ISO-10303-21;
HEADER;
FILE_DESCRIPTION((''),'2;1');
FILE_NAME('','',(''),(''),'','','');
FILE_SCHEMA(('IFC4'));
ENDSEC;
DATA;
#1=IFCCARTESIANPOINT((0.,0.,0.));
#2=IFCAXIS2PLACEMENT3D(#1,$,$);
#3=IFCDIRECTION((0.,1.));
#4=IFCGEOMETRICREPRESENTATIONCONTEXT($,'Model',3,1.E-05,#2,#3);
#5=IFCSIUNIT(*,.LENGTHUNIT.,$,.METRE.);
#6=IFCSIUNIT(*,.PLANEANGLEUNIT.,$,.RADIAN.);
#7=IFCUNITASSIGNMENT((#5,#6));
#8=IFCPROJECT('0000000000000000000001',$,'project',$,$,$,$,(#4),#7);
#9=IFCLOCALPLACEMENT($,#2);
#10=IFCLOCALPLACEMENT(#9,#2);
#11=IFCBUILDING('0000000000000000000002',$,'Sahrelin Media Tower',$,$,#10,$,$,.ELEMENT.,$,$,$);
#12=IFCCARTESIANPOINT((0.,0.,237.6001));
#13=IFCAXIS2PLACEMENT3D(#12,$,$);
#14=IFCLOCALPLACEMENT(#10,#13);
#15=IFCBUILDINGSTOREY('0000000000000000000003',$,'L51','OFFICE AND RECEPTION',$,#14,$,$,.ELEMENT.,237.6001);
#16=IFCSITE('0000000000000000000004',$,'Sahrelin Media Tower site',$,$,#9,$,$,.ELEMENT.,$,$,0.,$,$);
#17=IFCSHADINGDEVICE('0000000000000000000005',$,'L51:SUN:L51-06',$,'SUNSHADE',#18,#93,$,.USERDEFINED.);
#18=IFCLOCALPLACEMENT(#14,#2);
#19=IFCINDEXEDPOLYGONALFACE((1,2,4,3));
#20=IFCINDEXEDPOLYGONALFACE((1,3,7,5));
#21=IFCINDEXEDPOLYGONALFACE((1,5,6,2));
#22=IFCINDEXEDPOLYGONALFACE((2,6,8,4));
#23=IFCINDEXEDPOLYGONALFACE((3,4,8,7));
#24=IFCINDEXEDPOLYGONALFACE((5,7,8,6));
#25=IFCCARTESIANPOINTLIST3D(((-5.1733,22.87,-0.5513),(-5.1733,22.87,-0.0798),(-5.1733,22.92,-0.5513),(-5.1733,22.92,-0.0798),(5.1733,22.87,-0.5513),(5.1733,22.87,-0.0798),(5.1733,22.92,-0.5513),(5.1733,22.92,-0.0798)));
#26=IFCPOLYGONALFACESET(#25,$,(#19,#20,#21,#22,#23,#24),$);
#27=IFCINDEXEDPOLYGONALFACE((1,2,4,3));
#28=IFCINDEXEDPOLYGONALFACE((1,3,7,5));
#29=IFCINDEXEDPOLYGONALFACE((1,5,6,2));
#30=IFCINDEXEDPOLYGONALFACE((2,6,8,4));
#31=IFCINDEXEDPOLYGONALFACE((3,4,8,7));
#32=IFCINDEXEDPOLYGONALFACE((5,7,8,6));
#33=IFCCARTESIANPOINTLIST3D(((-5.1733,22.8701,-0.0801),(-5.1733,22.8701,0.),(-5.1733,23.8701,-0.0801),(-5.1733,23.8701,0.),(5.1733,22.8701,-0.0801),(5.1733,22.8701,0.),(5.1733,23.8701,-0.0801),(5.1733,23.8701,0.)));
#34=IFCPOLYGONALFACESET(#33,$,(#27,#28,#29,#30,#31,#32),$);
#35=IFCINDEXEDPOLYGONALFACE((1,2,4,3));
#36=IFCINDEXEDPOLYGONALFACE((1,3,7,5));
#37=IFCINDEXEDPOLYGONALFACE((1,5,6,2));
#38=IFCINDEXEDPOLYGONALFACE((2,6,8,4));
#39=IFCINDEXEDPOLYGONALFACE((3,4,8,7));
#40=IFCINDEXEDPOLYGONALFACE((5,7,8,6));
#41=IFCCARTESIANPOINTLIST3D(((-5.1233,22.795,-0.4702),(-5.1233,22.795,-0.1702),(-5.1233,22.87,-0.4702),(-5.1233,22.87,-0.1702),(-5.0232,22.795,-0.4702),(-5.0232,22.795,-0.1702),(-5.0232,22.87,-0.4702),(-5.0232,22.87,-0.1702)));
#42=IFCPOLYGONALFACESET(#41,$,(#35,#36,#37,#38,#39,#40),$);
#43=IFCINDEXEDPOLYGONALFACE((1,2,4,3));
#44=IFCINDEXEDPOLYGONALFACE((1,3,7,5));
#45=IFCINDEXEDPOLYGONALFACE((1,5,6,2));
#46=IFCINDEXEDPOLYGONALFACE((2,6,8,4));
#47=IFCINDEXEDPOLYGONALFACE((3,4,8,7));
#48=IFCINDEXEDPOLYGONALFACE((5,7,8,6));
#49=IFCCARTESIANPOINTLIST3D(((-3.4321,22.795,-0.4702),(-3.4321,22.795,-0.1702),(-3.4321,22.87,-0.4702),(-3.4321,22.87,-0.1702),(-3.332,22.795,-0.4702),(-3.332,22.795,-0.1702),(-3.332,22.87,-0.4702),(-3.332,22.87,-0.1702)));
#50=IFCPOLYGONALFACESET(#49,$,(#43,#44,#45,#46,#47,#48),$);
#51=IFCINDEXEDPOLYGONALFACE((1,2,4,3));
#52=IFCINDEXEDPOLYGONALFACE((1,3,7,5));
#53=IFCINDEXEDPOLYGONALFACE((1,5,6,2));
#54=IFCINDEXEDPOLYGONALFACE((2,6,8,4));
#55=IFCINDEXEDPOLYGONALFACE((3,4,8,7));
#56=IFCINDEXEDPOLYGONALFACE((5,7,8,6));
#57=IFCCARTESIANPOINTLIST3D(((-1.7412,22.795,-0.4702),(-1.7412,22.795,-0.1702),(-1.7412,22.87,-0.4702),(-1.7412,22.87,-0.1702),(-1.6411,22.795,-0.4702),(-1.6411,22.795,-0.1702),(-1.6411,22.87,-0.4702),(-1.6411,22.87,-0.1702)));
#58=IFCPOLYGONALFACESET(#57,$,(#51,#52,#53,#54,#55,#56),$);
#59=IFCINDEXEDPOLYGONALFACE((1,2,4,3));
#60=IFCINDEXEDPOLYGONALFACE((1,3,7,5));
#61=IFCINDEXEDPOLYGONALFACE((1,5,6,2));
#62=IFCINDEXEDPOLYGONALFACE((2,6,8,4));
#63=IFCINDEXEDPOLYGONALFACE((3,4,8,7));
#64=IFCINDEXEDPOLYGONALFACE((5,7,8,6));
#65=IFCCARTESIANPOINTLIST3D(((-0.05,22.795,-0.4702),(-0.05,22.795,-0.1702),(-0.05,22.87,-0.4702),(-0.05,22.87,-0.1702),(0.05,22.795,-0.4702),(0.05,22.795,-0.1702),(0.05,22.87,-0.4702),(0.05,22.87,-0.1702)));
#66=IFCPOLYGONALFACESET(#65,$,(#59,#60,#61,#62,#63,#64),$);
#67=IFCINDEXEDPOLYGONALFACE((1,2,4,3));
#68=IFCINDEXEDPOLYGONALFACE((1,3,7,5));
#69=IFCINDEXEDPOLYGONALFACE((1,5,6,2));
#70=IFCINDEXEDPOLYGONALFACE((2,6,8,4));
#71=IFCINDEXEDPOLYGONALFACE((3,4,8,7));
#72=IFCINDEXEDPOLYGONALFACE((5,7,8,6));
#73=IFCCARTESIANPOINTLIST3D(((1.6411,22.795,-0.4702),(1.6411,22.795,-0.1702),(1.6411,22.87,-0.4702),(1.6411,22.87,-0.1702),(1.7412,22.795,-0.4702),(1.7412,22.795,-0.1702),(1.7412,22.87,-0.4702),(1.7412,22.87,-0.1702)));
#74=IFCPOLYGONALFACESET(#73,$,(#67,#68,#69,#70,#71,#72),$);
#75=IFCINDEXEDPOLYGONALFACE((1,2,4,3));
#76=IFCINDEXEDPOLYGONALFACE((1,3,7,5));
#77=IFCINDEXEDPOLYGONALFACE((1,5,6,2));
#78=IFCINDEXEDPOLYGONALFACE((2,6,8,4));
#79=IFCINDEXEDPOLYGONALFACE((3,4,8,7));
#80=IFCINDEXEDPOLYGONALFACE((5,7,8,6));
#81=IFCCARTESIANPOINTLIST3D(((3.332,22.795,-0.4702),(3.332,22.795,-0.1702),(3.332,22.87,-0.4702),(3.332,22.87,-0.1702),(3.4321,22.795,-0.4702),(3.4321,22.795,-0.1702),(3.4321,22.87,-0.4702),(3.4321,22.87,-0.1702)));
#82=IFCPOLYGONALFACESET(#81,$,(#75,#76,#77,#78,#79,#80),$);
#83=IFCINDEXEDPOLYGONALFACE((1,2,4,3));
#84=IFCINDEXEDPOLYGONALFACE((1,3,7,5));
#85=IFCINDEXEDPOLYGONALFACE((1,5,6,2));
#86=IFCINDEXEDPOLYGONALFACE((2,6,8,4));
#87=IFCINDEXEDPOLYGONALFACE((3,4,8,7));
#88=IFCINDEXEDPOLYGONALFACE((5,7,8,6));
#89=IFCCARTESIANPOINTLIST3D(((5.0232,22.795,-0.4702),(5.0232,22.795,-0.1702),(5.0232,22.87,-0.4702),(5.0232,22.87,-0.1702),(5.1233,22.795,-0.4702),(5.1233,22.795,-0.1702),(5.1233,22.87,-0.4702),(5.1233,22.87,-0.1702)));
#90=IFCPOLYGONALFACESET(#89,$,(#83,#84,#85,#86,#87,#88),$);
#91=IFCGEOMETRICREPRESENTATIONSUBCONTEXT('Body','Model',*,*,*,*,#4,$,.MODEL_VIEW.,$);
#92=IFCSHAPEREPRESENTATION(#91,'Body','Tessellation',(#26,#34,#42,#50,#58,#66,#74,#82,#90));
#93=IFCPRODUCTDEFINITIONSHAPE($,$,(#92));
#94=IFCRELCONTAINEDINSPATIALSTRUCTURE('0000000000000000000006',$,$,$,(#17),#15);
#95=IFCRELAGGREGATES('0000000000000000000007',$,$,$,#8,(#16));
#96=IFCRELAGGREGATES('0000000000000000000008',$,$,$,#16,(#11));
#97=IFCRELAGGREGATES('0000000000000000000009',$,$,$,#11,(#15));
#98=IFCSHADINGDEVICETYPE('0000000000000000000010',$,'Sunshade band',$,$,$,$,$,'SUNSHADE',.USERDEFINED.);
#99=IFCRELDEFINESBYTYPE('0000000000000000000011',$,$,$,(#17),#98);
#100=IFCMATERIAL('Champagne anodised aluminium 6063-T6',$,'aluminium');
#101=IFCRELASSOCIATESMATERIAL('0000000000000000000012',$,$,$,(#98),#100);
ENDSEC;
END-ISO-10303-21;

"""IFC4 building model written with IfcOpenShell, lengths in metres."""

from ifc_helpers import new_model, si_unit, direction, frame, origin, origin_2d, place, context, subcontext, project, spatial, rectangle, extrude, material, type_object, element, save


model = new_model("IFC4")

# Units and contexts
model_context = context("Model", 3, precision=1e-05, world=origin(), true_north=direction((0.0, 1.0)))
body_context = subcontext(model_context, "Body", "Model", "MODEL_VIEW")
ifc_project = project(units=[si_unit("LENGTHUNIT", "METRE"), si_unit("PLANEANGLEUNIT", "RADIAN")], contexts=[model_context])

# Site, building, storey
site_placement = place(None, origin())
site = spatial("IfcSite", under=ifc_project, at=site_placement, Name="Sahrelin Media Tower site", CompositionType="ELEMENT", RefElevation=0.0)
building_placement = place(site_placement, origin())
building = spatial("IfcBuilding", under=site, at=building_placement, Name="Sahrelin Media Tower", CompositionType="ELEMENT")
storey_placement = place(building_placement, frame((0.0, 0.0, 237.6001)))
storey = spatial("IfcBuildingStorey", under=building, at=storey_placement, Name="L51", Description="OFFICE AND RECEPTION", CompositionType="ELEMENT", Elevation=237.6001)

# Shared definitions
ifc_material_1 = material(Name="Champagne anodised aluminium 6063-T6", Category="aluminium")

# Shared definitions
placement_1 = place(storey_placement, frame((0.0, 22.8501, 0.0), z_axis=(0.0, 0.0, 1.0), x_axis=(1.0, 0.0, 0.0)))

# Shading device
shading_device_type_1 = type_object("IfcShadingDeviceType", Name="Sunshade band", ElementType="SUNSHADE", PredefinedType="USERDEFINED", material=ifc_material_1)
element("IfcShadingDevice", 1, at=placement_1, inside=storey, type_object=shading_device_type_1, Name="L51:SUN:L51-06", ObjectType="SUNSHADE", PredefinedType="USERDEFINED", context=body_context, shape_type="SweptSolid", body=[
    extrude(rectangle(XDim=10.3467, YDim=0.05, at=origin_2d()), frame((0.0, 0.0449, -0.5513)), (0.0, 0.0, 1.0), 0.4714),
    extrude(rectangle(XDim=10.3467, YDim=1.0, at=origin_2d()), frame((0.0, 0.52, -0.0801)), (0.0, 0.0, 1.0), 0.0801),
    extrude(rectangle(XDim=0.1001, YDim=0.075, at=origin_2d()), frame((-5.0732, -0.0176, -0.4702)), (0.0, 0.0, 1.0), 0.3),
    extrude(rectangle(XDim=0.1001, YDim=0.075, at=origin_2d()), frame((-3.3821, -0.0176, -0.4702)), (0.0, 0.0, 1.0), 0.3),
    extrude(rectangle(XDim=0.1001, YDim=0.075, at=origin_2d()), frame((-1.6912, -0.0176, -0.4702)), (0.0, 0.0, 1.0), 0.3),
    extrude(rectangle(XDim=0.1001, YDim=0.075, at=origin_2d()), frame((0.0, -0.0176, -0.4702)), (0.0, 0.0, 1.0), 0.3),
    extrude(rectangle(XDim=0.1001, YDim=0.075, at=origin_2d()), frame((1.6912, -0.0176, -0.4702)), (0.0, 0.0, 1.0), 0.3),
    extrude(rectangle(XDim=0.1001, YDim=0.075, at=origin_2d()), frame((3.3821, -0.0176, -0.4702)), (0.0, 0.0, 1.0), 0.3),
    extrude(rectangle(XDim=0.1001, YDim=0.075, at=origin_2d()), frame((5.0732, -0.0176, -0.4702)), (0.0, 0.0, 1.0), 0.3),
])

save(model, "model.ifc")
